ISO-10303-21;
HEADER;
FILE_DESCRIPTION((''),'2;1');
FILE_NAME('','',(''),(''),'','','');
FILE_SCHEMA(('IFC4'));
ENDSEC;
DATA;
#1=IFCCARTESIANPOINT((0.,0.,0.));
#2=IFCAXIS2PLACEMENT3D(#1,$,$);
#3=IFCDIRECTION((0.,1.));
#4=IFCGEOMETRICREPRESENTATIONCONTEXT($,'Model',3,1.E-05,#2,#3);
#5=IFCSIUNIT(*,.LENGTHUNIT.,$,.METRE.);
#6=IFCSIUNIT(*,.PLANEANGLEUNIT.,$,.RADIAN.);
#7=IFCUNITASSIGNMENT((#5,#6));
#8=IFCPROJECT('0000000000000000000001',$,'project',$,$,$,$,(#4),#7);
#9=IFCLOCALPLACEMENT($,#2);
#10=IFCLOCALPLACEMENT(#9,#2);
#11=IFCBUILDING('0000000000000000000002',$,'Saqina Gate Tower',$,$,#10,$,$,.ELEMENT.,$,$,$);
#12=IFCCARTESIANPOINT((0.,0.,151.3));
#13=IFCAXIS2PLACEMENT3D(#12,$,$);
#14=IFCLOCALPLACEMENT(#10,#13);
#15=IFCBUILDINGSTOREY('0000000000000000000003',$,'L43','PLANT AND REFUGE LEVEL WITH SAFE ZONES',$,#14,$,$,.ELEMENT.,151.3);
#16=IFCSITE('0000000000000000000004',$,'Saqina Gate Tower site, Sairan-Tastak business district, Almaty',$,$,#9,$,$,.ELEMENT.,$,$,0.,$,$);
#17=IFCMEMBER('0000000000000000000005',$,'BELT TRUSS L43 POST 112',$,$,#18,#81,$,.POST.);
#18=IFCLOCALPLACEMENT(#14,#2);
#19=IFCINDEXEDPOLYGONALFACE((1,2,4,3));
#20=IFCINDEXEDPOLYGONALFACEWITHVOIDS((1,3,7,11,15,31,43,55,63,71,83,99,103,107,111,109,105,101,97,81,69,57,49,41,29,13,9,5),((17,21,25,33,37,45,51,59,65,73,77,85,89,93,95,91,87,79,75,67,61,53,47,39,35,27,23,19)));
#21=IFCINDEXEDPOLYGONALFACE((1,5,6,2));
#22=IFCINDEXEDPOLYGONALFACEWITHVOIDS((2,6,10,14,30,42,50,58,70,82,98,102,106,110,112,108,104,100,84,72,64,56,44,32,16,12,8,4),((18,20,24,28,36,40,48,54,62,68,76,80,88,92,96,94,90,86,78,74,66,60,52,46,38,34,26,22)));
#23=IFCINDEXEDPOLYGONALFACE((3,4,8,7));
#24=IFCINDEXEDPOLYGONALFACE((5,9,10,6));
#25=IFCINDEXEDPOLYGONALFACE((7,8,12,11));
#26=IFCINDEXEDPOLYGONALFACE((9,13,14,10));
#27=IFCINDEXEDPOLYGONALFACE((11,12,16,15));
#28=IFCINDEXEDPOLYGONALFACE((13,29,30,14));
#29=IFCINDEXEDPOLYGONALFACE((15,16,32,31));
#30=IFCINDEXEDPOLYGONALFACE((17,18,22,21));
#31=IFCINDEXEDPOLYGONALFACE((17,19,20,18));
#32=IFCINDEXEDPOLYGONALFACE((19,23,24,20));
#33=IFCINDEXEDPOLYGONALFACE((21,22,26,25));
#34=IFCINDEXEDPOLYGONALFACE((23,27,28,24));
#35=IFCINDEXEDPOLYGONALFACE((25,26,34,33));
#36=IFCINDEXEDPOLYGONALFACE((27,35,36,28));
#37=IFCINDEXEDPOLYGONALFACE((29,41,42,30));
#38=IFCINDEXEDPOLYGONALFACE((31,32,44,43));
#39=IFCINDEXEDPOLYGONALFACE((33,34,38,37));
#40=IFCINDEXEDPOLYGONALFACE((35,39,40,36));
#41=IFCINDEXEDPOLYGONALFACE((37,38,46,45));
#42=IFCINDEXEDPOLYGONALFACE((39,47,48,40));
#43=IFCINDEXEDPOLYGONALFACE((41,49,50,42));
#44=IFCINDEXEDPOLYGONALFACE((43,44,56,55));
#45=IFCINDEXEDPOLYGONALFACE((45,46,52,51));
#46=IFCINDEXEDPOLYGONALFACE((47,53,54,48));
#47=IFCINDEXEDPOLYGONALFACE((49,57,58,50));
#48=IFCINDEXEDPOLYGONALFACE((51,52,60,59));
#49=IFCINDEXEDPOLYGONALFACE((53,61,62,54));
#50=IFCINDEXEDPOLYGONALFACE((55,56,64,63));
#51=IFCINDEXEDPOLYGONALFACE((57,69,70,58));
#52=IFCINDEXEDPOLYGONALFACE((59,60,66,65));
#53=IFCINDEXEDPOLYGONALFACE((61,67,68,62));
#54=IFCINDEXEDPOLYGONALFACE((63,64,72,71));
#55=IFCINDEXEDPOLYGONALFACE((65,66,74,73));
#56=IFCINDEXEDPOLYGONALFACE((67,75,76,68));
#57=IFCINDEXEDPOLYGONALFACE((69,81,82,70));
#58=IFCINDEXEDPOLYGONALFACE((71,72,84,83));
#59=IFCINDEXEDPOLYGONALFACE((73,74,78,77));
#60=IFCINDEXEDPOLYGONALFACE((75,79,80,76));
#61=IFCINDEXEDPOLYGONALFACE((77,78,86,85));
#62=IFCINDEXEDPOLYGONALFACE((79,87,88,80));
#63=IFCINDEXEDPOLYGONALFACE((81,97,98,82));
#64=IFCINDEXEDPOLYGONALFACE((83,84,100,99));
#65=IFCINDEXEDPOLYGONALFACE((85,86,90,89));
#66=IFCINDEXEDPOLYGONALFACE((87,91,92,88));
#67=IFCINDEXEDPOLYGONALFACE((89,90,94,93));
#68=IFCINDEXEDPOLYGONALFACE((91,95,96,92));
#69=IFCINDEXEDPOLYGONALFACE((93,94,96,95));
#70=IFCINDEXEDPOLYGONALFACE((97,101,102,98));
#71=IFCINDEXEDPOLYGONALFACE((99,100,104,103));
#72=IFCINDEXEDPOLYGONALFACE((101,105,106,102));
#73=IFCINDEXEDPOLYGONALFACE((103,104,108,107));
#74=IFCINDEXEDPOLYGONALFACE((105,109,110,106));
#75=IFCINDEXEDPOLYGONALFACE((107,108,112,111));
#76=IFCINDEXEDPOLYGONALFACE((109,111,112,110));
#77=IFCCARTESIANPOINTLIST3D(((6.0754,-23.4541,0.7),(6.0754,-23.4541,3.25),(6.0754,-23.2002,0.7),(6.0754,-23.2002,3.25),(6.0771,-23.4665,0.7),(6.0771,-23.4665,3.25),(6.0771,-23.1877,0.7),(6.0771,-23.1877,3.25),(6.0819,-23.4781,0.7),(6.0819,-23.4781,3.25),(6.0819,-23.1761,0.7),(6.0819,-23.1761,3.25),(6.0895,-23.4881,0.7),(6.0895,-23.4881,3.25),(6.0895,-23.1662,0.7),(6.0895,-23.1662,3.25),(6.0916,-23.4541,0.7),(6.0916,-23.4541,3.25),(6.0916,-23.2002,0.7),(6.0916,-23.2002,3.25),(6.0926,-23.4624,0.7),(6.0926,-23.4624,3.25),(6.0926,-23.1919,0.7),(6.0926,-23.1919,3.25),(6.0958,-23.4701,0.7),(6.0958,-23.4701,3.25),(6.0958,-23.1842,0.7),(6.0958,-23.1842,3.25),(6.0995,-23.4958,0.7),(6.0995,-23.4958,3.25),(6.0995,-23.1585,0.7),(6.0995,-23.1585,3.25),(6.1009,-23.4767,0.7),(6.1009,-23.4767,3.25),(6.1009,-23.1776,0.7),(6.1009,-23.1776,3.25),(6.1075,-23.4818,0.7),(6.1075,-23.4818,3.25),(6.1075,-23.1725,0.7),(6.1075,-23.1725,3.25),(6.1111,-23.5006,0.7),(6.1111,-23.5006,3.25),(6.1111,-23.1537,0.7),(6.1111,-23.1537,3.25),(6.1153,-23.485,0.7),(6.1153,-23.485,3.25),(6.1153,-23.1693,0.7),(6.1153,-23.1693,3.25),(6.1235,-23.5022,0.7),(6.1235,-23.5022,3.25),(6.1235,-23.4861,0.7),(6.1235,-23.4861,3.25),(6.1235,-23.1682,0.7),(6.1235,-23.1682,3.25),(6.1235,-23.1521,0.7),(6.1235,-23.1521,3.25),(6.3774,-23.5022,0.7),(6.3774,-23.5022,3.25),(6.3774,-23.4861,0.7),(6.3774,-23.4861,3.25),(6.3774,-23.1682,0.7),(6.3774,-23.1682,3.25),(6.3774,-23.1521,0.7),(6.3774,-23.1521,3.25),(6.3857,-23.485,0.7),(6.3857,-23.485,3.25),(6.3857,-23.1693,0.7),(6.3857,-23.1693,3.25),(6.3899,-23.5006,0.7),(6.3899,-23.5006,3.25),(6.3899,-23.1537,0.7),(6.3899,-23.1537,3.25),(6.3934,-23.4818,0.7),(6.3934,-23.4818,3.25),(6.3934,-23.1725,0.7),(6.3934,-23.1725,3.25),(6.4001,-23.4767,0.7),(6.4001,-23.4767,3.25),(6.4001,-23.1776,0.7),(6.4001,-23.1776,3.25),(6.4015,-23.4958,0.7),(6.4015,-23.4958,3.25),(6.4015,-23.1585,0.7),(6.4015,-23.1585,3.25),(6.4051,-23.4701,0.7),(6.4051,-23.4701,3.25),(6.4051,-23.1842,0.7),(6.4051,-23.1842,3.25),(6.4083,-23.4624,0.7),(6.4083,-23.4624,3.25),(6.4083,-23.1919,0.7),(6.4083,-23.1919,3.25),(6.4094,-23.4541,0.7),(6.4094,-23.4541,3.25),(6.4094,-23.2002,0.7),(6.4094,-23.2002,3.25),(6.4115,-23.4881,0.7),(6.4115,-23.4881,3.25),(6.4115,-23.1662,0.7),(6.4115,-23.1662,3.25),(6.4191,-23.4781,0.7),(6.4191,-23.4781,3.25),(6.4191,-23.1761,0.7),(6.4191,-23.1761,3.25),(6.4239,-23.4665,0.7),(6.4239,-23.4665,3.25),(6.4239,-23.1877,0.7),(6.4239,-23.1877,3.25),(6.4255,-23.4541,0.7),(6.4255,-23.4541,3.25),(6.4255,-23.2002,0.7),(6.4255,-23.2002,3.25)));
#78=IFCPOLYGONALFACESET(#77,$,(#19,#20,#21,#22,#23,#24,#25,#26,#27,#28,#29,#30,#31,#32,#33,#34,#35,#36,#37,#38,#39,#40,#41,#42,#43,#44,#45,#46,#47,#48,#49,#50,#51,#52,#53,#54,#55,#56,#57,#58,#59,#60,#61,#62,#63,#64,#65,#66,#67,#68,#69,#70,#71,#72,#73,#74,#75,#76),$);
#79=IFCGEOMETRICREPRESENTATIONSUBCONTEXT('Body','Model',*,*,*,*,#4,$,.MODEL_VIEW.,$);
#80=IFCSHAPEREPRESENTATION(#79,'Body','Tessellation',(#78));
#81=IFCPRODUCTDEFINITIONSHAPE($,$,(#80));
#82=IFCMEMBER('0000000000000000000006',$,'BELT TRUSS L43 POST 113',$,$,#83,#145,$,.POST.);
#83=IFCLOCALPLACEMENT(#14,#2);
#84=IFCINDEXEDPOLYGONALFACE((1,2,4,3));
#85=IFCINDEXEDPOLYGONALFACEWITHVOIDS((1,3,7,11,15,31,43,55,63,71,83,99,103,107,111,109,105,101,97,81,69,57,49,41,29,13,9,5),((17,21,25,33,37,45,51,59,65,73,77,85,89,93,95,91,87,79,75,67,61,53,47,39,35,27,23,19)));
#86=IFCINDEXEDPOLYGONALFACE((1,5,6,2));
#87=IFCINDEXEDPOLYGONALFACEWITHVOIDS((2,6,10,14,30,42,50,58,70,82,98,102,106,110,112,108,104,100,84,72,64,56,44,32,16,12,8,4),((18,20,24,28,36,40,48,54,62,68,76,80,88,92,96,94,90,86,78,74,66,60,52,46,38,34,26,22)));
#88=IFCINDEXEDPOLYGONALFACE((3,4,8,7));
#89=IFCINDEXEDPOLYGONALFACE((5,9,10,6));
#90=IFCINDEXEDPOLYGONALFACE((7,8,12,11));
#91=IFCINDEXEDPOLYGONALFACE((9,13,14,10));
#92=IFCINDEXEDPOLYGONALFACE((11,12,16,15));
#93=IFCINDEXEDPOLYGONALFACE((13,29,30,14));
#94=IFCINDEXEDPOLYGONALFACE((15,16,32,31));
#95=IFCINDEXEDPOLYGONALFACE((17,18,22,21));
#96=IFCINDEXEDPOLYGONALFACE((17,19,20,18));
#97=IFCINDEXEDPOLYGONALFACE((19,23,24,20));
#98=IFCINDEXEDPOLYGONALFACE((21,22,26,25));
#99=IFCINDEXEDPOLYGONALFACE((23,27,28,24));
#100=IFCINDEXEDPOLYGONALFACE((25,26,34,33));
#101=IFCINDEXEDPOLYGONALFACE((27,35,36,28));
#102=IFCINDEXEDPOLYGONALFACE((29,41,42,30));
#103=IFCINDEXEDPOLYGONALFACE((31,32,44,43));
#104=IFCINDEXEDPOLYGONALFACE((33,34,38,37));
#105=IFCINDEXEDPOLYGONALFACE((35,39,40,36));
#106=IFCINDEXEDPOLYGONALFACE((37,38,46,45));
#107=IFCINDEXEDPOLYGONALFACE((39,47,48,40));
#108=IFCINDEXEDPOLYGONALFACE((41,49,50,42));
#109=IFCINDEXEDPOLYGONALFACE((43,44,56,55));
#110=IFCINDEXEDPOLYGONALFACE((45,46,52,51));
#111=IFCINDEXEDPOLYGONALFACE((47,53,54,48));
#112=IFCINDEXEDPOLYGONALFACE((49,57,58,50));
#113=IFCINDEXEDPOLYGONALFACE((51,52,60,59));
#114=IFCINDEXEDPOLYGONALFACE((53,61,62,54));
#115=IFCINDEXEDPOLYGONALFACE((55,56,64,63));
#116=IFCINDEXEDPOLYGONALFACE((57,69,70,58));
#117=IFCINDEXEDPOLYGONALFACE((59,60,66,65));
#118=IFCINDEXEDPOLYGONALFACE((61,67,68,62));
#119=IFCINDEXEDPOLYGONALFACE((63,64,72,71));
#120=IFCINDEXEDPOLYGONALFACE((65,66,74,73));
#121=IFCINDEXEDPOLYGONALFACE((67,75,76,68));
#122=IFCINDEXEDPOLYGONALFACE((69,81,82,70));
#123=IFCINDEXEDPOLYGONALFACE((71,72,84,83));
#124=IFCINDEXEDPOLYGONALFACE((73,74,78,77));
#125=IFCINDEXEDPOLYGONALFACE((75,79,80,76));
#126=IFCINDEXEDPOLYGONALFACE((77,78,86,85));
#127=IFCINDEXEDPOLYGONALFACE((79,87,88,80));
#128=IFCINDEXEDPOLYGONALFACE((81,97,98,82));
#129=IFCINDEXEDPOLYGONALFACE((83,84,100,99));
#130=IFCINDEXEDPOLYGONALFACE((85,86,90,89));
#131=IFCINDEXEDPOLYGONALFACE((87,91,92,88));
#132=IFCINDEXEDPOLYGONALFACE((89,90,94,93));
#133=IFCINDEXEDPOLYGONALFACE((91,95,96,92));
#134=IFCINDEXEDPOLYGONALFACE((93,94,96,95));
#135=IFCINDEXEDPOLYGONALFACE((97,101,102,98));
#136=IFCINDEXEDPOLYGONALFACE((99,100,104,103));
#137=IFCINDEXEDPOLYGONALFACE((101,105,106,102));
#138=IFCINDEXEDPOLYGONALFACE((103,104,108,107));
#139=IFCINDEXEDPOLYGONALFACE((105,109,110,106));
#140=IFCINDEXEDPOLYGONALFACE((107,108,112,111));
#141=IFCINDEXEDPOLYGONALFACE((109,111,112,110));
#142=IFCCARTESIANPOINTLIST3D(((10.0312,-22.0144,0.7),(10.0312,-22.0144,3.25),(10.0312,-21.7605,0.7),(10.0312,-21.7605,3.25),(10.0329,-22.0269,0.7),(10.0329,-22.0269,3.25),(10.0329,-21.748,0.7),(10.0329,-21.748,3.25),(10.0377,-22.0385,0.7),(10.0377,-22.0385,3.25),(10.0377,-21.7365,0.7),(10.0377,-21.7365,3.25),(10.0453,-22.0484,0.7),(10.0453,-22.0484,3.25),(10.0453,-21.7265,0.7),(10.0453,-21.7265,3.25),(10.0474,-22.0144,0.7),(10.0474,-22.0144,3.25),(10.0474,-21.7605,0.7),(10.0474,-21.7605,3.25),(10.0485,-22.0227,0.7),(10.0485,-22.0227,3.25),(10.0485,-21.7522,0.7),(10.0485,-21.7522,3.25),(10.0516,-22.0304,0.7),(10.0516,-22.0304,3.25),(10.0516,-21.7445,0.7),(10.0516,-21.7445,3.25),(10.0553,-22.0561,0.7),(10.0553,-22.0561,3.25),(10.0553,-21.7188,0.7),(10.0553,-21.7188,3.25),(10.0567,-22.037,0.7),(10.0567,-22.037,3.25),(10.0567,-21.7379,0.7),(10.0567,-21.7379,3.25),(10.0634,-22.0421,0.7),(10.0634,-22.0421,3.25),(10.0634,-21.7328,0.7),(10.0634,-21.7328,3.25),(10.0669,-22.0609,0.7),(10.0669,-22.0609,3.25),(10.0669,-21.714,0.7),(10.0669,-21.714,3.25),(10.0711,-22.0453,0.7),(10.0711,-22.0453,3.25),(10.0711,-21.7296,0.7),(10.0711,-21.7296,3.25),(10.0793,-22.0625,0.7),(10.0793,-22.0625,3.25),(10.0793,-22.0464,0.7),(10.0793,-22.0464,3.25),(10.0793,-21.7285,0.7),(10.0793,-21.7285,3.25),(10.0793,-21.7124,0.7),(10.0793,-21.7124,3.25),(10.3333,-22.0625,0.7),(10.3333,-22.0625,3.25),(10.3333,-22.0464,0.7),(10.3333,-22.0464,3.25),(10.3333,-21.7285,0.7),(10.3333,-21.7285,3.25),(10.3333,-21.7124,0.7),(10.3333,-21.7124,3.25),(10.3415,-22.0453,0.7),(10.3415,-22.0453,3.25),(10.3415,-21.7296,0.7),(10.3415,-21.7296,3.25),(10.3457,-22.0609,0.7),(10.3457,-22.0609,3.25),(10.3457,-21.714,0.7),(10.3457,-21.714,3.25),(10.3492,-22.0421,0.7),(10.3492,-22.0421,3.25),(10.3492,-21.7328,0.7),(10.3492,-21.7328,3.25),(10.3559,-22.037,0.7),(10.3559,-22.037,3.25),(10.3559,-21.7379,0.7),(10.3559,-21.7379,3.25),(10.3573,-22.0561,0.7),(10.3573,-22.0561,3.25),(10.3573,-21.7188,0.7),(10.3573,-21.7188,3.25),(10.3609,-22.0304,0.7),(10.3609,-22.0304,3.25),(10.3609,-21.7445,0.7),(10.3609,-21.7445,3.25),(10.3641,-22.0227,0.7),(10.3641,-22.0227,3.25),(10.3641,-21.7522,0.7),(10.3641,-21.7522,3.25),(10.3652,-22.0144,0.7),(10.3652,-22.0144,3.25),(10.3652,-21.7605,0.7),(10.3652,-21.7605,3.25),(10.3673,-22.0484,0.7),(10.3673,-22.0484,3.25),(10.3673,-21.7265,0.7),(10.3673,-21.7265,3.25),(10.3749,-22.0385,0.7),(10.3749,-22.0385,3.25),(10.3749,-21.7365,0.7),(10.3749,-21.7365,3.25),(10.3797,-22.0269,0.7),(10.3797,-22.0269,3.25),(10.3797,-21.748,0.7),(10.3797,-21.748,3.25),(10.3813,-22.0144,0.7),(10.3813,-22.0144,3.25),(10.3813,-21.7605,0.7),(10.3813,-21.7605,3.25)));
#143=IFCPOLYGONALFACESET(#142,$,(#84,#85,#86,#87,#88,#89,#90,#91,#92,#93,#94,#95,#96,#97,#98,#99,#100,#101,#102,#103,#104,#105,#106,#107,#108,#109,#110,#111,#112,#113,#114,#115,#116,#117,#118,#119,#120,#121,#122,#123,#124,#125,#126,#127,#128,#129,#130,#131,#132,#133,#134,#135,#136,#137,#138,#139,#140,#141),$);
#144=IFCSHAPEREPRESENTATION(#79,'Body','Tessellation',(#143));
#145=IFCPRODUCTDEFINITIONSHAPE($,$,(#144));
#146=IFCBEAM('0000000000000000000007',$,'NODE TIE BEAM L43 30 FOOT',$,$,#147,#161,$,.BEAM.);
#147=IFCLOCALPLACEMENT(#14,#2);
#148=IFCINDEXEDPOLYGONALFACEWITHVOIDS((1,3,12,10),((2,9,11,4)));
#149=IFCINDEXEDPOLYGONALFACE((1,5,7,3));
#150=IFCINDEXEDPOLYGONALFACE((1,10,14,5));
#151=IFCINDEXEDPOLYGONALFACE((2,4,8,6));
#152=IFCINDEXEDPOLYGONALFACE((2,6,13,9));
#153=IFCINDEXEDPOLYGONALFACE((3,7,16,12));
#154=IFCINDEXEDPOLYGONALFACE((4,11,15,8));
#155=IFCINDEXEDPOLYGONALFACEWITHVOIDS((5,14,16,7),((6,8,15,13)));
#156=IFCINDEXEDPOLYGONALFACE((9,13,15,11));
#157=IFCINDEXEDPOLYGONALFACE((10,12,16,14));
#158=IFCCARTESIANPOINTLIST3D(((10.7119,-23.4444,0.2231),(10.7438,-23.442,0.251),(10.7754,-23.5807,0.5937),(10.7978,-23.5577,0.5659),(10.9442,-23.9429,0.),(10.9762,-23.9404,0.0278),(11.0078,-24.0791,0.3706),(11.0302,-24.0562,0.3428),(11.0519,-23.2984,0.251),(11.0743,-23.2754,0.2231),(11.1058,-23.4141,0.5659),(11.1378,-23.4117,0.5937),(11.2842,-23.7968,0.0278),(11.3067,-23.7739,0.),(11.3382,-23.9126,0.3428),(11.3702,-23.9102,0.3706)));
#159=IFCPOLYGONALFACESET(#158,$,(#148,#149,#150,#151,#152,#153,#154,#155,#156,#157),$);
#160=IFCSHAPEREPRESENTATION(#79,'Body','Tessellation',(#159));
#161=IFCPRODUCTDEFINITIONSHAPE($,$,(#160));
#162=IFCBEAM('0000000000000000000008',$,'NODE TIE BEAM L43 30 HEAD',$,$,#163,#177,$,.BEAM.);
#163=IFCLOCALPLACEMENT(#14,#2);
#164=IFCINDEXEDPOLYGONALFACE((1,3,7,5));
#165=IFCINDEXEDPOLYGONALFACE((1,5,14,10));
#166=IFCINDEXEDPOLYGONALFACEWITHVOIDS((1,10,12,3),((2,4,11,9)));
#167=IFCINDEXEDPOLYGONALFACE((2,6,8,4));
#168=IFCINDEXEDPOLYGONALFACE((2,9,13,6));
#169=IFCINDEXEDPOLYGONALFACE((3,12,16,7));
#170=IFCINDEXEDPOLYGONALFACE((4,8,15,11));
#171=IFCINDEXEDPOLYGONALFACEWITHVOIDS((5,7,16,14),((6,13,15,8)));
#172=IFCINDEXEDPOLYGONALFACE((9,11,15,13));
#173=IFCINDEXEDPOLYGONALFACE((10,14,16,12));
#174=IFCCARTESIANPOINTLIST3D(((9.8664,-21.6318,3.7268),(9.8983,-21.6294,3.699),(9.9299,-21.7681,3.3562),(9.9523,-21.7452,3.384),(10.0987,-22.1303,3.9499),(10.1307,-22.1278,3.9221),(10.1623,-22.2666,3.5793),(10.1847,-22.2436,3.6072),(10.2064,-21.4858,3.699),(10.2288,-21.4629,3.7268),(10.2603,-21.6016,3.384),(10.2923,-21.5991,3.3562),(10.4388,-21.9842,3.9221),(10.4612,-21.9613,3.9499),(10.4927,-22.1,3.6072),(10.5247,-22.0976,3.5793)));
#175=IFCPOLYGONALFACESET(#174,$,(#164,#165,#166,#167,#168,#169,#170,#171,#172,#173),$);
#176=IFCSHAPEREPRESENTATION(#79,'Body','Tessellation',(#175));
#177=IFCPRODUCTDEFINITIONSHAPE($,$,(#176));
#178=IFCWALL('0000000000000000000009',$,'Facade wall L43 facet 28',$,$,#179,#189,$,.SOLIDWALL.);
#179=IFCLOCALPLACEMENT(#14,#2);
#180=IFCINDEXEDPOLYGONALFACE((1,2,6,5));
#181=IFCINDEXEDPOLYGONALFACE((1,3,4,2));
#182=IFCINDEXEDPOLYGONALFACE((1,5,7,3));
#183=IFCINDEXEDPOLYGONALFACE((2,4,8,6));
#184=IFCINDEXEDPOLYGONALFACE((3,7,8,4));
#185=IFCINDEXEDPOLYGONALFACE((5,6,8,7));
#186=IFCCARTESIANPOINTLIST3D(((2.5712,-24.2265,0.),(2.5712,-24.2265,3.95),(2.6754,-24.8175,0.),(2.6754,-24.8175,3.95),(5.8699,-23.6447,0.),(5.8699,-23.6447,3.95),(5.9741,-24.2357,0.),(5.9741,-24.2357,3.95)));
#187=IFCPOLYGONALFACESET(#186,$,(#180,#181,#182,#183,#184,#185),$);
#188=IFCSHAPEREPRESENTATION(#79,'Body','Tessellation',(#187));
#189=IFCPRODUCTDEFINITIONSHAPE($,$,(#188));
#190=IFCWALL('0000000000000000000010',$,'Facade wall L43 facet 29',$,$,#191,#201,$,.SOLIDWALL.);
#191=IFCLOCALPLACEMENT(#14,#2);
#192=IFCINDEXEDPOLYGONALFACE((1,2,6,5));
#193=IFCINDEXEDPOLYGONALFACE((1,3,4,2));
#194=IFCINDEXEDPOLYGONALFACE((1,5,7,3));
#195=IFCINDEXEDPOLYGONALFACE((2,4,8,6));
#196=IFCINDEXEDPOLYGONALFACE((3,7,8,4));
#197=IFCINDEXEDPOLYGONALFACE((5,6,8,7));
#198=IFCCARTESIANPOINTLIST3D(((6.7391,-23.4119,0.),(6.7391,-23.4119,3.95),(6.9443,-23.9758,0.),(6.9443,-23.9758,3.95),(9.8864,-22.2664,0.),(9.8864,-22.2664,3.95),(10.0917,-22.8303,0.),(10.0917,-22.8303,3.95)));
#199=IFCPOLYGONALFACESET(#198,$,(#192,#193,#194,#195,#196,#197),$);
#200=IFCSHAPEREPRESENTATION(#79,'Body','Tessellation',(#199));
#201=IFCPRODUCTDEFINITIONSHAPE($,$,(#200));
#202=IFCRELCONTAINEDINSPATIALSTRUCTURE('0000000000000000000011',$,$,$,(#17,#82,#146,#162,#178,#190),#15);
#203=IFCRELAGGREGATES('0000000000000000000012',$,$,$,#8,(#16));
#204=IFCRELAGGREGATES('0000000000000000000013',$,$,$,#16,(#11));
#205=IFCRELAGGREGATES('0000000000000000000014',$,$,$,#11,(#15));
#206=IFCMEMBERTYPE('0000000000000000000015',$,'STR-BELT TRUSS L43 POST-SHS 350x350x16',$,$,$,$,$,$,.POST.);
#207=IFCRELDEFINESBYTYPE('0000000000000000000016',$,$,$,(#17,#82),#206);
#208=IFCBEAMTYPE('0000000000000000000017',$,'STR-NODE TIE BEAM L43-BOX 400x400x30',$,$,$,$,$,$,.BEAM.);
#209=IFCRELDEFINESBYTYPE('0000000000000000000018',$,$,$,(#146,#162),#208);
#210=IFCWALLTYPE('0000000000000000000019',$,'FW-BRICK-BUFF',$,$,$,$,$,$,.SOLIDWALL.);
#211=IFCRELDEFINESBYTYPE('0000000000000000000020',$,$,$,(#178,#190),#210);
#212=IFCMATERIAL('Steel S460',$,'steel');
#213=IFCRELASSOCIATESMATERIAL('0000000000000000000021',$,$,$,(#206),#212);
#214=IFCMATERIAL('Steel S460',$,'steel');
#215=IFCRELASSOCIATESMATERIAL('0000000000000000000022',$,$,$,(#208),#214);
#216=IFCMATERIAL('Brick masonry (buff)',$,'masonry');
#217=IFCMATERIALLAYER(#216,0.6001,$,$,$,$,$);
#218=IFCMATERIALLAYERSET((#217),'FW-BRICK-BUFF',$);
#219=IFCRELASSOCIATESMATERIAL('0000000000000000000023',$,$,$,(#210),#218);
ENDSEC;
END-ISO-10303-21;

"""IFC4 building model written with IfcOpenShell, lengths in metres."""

from ifc_helpers import new_model, si_unit, direction, frame, frame_2d, origin, origin_2d, place, context, subcontext, project, spatial, rectangle, hollow_rectangle, extrude, material, layer, layer_set, material_profile, profile_set, type_object, element, save


model = new_model("IFC4")

# Units and contexts
model_context = context("Model", 3, precision=1e-05, world=origin(), true_north=direction((0.0, 1.0)))
body_context = subcontext(model_context, "Body", "Model", "MODEL_VIEW")
ifc_project = project(units=[si_unit("LENGTHUNIT", "METRE"), si_unit("PLANEANGLEUNIT", "RADIAN")], contexts=[model_context])

# Site, building, storey
site_placement = place(None, origin())
site = spatial("IfcSite", under=ifc_project, at=site_placement, Name="Saqina Gate Tower site, Sairan-Tastak business district, Almaty", CompositionType="ELEMENT", RefElevation=0.0)
building_placement = place(site_placement, origin())
building = spatial("IfcBuilding", under=site, at=building_placement, Name="Saqina Gate Tower", CompositionType="ELEMENT")
storey_placement = place(building_placement, frame((0.0, 0.0, 151.3)))
storey = spatial("IfcBuildingStorey", under=building, at=storey_placement, Name="L43", Description="PLANT AND REFUGE LEVEL WITH SAFE ZONES", CompositionType="ELEMENT", Elevation=151.3)

# Members
ifc_material_1 = material(Name="Steel S460", Category="steel")
ifc_material_profile_1 = material_profile(ifc_material_1, hollow_rectangle(XDim=0.3501, YDim=0.3501, WallThickness=0.0161, InnerFilletRadius=0.032, OuterFilletRadius=0.0481, at=origin_2d()), Name="SHS 350x350x16")
ifc_profile_set_1 = profile_set([ifc_material_profile_1], Name="Steel S460")
member_type_1 = type_object("IfcMemberType", Name="STR-BELT TRUSS L43 POST-SHS 350x350x16", PredefinedType="POST", material=ifc_profile_set_1)
for number, where, z_axis, x_axis, name in (
    (1, (6.2505, -23.3271, 0.7), (0.0, 0.0, 1.0), (1.0, 0.0, 0.0), "BELT TRUSS L43 POST 112"),
    (2, (10.2063, -21.8875, 0.7), (0.0, 0.0, 1.0), (1.0, 0.0, 0.0), "BELT TRUSS L43 POST 113"),
):
    element("IfcMember", number, at=place(storey_placement, frame(where, z_axis=z_axis, x_axis=x_axis)), inside=storey, type_object=member_type_1, Name=name, PredefinedType="POST", context=body_context, shape_type="SweptSolid", body=[
        extrude(hollow_rectangle(XDim=0.3501, YDim=0.3501, WallThickness=0.0161, InnerFilletRadius=0.032, OuterFilletRadius=0.0481, at=origin_2d()), origin(), (0.0, 0.0, 1.0), 2.55),
    ])

# Beams
ifc_material_2 = material(Name="Steel S460", Category="steel")
ifc_material_profile_2 = material_profile(ifc_material_2, hollow_rectangle(XDim=0.3999, YDim=0.3999, WallThickness=0.03, at=origin_2d()), Name="BOX 400x400x30")
ifc_profile_set_2 = profile_set([ifc_material_profile_2], Name="Steel S460")
beam_type = type_object("IfcBeamType", Name="STR-NODE TIE BEAM L43-BOX 400x400x30", PredefinedType="BEAM", material=ifc_profile_set_2)
for number, where, z_axis, x_axis, name in (
    (3, (11.1572, -23.9265, 0.1853), (-0.391552, 0.839863, 0.375923), (-0.906342, -0.422545, 0.0), "NODE TIE BEAM L43 30 FOOT"),
    (4, (10.0793, -21.6155, 3.5415), (0.391552, -0.839863, 0.375923), (0.906342, 0.422545, 0.0), "NODE TIE BEAM L43 30 HEAD"),
):
    element("IfcBeam", number, at=place(storey_placement, frame(where, z_axis=z_axis, x_axis=x_axis)), inside=storey, type_object=beam_type, Name=name, PredefinedType="BEAM", context=body_context, shape_type="SweptSolid", body=[
        extrude(hollow_rectangle(XDim=0.3999, YDim=0.3999, WallThickness=0.03, at=origin_2d()), origin(), (0.0, 0.0, 1.0), 0.5935),
    ])

# Walls
ifc_material_3 = material(Name="Brick masonry (buff)", Category="masonry")
ifc_layer_1 = layer(ifc_material_3, 0.6001)
ifc_layer_set_1 = layer_set([ifc_layer_1], Name="FW-BRICK-BUFF")
wall_type_1 = type_object("IfcWallType", Name="FW-BRICK-BUFF", PredefinedType="SOLIDWALL", material=ifc_layer_set_1)
wall_1_placement = place(storey_placement, frame((2.6233, -24.522, 0.0), z_axis=(0.0, 0.0, 1.0), x_axis=(0.9848, 0.173694, 0.0)))
element("IfcWall", 5, at=wall_1_placement, inside=storey, type_object=wall_type_1, Name="Facade wall L43 facet 28", PredefinedType="SOLIDWALL", context=body_context, shape_type="SweptSolid", body=[
    extrude(rectangle(XDim=3.3496, YDim=0.6001, at=frame_2d((1.6748, 0.0))), origin(), (0.0, 0.0, 1.0), 3.95),
])
for number, where, z_axis, x_axis, name in (
    (6, (6.8416, -23.6938, 0.0), (0.0, 0.0, 1.0), (0.9397, 0.342001, 0.0), "Facade wall L43 facet 29"),
):
    element("IfcWall", number, at=place(storey_placement, frame(where, z_axis=z_axis, x_axis=x_axis)), inside=storey, type_object=wall_type_1, Name=name, PredefinedType="SOLIDWALL", context=body_context, shape_type="SweptSolid", body=[
        extrude(rectangle(XDim=3.3494, YDim=0.6001, at=frame_2d((1.6748, 0.0))), origin(), (0.0, 0.0, 1.0), 3.95),
    ])

save(model, "model.ifc")
